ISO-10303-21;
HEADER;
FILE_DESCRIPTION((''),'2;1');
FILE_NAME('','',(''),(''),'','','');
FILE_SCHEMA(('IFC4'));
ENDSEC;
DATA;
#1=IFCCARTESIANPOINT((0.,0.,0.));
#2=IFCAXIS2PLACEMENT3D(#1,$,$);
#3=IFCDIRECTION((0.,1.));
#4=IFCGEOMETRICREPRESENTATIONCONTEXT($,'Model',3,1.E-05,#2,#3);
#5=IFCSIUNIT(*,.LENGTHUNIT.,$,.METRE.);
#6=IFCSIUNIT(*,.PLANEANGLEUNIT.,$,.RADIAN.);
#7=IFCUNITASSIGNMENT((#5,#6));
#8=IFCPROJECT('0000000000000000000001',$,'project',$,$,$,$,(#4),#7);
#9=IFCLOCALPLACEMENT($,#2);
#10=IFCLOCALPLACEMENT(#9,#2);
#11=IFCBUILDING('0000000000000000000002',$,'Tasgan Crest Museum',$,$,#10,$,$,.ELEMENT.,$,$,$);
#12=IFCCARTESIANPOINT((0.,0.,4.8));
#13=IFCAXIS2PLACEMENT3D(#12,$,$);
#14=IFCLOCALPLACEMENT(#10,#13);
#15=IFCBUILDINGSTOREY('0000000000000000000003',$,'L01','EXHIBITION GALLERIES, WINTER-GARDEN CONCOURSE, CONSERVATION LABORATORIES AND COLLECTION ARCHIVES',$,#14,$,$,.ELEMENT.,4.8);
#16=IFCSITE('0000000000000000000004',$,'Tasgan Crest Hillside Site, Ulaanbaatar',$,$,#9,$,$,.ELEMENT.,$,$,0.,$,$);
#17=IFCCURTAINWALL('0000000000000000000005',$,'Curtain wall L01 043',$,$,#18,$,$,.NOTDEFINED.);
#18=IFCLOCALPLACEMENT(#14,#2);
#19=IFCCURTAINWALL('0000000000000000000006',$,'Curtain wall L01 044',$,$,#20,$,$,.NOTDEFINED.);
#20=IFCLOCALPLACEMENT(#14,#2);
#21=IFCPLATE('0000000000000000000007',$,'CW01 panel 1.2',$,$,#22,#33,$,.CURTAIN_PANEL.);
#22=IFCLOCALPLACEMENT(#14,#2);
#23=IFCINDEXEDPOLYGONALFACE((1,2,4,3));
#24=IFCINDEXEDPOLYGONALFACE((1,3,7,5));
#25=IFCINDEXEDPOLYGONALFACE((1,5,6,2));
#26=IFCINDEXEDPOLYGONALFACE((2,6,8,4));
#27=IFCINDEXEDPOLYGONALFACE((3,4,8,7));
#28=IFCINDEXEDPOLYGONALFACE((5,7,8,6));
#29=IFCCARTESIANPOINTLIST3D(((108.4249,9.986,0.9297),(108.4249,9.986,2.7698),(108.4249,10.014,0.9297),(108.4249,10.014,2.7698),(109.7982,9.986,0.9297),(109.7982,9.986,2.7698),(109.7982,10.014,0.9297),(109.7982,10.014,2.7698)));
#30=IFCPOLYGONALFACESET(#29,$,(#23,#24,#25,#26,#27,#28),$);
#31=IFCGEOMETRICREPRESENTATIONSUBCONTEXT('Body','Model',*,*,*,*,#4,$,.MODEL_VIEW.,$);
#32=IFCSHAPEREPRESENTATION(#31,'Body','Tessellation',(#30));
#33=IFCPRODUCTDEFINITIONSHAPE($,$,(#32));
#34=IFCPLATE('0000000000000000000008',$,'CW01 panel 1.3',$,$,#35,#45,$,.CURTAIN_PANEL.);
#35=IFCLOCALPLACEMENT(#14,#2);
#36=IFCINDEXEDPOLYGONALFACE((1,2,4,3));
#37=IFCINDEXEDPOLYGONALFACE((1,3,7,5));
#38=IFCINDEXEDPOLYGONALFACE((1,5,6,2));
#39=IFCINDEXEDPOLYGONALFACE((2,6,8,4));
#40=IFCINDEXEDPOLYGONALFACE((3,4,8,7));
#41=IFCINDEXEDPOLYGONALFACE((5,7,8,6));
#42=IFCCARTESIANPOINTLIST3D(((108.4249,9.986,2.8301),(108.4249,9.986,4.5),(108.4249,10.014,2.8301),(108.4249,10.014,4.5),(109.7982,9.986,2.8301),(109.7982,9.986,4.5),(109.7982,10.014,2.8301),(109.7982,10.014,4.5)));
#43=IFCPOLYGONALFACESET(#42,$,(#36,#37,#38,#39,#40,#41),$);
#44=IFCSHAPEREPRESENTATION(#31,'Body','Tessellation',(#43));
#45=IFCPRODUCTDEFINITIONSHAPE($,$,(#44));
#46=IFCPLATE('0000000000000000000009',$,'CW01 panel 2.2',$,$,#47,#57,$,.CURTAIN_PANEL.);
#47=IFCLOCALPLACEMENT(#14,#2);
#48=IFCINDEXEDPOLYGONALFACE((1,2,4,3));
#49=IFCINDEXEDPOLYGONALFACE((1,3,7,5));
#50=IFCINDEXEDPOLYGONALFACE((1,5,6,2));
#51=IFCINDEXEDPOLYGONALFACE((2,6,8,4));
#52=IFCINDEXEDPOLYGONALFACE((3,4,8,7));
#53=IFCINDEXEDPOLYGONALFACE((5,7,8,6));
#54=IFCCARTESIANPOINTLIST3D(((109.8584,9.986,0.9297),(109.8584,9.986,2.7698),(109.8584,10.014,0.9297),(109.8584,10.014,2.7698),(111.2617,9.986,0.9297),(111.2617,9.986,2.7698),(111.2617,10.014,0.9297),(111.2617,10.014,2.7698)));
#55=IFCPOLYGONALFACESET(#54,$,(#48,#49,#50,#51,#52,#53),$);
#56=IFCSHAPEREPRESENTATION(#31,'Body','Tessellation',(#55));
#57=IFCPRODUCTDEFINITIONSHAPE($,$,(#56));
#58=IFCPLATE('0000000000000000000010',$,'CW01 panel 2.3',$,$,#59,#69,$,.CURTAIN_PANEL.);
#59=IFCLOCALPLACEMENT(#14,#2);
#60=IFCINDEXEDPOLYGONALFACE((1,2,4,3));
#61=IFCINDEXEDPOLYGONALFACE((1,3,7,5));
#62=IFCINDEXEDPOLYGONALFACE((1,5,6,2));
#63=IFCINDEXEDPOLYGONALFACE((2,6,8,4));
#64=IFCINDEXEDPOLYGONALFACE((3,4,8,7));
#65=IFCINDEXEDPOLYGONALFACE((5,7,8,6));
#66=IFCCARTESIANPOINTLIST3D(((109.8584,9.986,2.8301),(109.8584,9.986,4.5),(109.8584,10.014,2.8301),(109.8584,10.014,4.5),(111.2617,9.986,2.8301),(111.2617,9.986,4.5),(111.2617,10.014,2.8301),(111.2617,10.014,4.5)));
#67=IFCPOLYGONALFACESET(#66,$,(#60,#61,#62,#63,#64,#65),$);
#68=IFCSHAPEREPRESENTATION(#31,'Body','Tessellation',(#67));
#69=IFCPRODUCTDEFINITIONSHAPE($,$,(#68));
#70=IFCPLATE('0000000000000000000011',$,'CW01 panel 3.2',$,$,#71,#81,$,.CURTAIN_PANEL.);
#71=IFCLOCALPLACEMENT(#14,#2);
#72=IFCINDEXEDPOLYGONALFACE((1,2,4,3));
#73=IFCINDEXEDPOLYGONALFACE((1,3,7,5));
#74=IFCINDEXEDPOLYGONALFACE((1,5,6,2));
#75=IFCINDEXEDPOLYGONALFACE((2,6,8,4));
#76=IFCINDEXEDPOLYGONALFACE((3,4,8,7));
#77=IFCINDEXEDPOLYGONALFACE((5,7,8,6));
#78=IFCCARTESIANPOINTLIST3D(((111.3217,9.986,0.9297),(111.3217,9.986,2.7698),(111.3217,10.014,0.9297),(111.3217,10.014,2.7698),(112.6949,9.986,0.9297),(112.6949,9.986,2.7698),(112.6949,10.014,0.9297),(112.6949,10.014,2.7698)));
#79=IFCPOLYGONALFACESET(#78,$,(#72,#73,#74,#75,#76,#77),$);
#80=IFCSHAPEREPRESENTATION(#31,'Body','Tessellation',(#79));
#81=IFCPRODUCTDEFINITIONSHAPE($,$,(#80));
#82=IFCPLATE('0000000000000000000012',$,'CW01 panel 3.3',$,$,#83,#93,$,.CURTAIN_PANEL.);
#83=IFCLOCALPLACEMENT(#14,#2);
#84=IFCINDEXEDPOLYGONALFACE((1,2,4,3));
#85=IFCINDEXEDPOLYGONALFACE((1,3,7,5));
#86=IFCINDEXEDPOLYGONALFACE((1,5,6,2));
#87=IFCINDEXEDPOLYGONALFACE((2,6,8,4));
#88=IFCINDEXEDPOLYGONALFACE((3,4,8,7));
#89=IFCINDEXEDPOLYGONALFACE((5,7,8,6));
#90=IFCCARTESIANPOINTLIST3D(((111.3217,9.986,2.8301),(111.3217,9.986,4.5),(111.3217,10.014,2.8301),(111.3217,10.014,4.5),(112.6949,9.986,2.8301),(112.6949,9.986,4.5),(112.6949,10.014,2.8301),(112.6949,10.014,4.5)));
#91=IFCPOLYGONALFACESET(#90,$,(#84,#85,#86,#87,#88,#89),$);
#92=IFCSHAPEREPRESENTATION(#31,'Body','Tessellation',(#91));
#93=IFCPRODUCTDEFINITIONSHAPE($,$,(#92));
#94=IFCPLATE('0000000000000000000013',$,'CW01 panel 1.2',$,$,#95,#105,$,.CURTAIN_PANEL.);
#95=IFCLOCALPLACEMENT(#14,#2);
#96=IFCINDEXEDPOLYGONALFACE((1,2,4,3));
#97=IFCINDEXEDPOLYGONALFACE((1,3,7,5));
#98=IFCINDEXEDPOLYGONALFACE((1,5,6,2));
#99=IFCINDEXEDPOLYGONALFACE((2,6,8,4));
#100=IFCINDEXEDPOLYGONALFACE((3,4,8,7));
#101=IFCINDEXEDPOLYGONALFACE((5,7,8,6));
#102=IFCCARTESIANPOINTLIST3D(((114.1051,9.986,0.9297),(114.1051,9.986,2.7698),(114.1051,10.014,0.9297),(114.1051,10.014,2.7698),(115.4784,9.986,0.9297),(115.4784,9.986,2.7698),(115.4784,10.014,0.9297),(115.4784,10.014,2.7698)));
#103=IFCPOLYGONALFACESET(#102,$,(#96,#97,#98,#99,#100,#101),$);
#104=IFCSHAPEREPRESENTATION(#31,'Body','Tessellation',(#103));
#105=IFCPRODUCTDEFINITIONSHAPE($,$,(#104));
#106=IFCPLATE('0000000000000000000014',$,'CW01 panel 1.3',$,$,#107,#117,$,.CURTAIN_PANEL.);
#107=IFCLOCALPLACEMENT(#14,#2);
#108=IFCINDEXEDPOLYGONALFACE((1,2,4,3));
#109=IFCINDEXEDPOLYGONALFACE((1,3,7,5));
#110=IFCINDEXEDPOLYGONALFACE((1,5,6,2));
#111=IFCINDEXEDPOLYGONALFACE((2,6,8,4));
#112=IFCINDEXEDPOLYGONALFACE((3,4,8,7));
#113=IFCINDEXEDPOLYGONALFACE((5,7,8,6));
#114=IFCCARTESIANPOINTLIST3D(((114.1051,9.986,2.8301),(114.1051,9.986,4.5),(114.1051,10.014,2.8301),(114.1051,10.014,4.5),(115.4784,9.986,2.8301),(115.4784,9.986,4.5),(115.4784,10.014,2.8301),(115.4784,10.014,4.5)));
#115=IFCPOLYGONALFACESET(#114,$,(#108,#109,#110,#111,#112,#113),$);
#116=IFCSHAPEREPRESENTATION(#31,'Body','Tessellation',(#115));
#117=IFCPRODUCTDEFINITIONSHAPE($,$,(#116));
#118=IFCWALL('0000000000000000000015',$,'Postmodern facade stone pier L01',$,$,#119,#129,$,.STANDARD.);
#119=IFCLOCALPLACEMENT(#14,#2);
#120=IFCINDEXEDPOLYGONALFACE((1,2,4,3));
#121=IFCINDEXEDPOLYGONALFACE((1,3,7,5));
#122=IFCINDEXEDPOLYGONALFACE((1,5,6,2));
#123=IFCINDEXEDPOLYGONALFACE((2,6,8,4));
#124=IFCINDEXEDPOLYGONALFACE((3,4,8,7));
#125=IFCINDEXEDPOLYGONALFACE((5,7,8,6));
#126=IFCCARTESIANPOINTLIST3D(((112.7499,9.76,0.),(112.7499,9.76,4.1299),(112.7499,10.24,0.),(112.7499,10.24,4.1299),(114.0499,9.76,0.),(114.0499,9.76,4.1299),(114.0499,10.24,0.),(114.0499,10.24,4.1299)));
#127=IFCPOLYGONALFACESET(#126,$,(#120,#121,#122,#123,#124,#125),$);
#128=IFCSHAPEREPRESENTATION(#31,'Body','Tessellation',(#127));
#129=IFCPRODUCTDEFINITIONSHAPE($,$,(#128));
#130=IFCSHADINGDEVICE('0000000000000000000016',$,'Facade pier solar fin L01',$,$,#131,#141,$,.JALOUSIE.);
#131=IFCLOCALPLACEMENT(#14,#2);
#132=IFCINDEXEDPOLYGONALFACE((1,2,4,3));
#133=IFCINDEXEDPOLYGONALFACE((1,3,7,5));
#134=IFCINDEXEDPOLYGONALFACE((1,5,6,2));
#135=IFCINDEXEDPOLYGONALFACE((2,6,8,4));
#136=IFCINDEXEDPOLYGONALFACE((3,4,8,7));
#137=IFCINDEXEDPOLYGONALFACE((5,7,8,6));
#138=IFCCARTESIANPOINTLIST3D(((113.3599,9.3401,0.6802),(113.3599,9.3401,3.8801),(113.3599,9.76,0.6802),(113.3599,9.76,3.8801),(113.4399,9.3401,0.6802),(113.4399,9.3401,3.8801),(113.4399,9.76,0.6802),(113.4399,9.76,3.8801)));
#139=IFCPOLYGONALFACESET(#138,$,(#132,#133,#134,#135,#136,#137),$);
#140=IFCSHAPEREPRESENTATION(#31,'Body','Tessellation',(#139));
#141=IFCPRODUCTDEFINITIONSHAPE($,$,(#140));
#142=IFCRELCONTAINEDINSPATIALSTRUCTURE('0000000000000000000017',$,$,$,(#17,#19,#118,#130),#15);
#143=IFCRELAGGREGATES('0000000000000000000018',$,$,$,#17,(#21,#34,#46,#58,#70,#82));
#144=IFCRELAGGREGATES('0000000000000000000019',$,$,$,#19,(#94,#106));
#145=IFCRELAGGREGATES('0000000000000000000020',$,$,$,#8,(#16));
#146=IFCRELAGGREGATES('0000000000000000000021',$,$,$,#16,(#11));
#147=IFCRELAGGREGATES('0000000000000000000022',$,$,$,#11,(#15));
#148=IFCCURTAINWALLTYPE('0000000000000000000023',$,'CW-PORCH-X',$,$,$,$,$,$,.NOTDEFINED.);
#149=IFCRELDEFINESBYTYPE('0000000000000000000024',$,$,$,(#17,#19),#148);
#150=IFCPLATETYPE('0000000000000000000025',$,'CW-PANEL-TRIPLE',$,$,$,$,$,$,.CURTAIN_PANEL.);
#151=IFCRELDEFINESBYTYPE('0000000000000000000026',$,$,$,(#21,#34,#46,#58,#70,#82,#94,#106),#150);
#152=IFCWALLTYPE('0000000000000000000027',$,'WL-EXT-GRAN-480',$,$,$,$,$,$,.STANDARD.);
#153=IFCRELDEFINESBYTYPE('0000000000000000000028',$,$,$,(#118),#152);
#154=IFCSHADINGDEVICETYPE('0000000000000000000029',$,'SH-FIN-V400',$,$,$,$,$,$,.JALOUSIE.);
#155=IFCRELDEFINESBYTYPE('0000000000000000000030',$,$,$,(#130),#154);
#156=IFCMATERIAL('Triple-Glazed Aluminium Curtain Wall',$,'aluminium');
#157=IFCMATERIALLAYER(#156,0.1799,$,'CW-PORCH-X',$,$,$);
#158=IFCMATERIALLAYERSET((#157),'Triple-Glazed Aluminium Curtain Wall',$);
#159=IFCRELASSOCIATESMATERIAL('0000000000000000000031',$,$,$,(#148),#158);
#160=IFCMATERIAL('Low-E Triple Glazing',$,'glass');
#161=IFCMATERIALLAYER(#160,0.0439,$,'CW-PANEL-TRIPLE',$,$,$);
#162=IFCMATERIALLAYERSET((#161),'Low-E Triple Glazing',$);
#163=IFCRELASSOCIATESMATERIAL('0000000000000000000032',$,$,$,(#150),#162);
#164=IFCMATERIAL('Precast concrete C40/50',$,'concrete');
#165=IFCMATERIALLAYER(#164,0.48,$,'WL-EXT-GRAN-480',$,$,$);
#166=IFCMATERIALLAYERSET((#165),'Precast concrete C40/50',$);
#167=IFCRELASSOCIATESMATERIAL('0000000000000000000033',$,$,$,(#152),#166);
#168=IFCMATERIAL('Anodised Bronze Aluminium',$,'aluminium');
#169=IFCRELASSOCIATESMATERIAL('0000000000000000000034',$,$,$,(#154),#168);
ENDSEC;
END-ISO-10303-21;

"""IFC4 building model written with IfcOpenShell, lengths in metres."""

from ifc_helpers import new_model, si_unit, direction, frame, frame_2d, origin, origin_2d, place, context, subcontext, project, spatial, rectangle, extrude, material, layer, layer_set, type_object, element, aggregate, save


model = new_model("IFC4")

# Units and contexts
model_context = context("Model", 3, precision=1e-05, world=origin(), true_north=direction((0.0, 1.0)))
body_context = subcontext(model_context, "Body", "Model", "MODEL_VIEW")
ifc_project = project(units=[si_unit("LENGTHUNIT", "METRE"), si_unit("PLANEANGLEUNIT", "RADIAN")], contexts=[model_context])

# Site, building, storey
site_placement = place(None, origin())
site = spatial("IfcSite", under=ifc_project, at=site_placement, Name="Tasgan Crest Hillside Site, Ulaanbaatar", CompositionType="ELEMENT", RefElevation=0.0)
building_placement = place(site_placement, origin())
building = spatial("IfcBuilding", under=site, at=building_placement, Name="Tasgan Crest Museum", CompositionType="ELEMENT")
storey_placement = place(building_placement, frame((0.0, 0.0, 4.8)))
storey = spatial("IfcBuildingStorey", under=building, at=storey_placement, Name="L01", Description="EXHIBITION GALLERIES, WINTER-GARDEN CONCOURSE, CONSERVATION LABORATORIES AND COLLECTION ARCHIVES", CompositionType="ELEMENT", Elevation=4.8)

# Curtain walls
ifc_material_1 = material(Name="Triple-Glazed Aluminium Curtain Wall", Category="aluminium")
ifc_layer_1 = layer(ifc_material_1, 0.1799, Name="CW-PORCH-X")
ifc_layer_set_1 = layer_set([ifc_layer_1], Name="Triple-Glazed Aluminium Curtain Wall")
curtain_wall_type = type_object("IfcCurtainWallType", Name="CW-PORCH-X", PredefinedType="NOTDEFINED", material=ifc_layer_set_1)
curtain_wall_1_placement = place(storey_placement, origin())
curtain_wall_1 = element("IfcCurtainWall", 1, at=curtain_wall_1_placement, inside=storey, type_object=curtain_wall_type, Name="Curtain wall L01 043", PredefinedType="NOTDEFINED")
curtain_wall_2_placement = place(storey_placement, origin())
curtain_wall_2 = element("IfcCurtainWall", 2, at=curtain_wall_2_placement, inside=storey, type_object=curtain_wall_type, Name="Curtain wall L01 044", PredefinedType="NOTDEFINED")

# Plates
ifc_material_2 = material(Name="Low-E Triple Glazing", Category="glass")
ifc_layer_2 = layer(ifc_material_2, 0.0439, Name="CW-PANEL-TRIPLE")
ifc_layer_set_2 = layer_set([ifc_layer_2], Name="Low-E Triple Glazing")
plate_type_1 = type_object("IfcPlateType", Name="CW-PANEL-TRIPLE", PredefinedType="CURTAIN_PANEL", material=ifc_layer_set_2)
plate_1_placement = place(storey_placement, frame((109.1116, 10.0, 0.9297), z_axis=(0.0, 0.0, 1.0), x_axis=(1.0, 0.0, 0.0)))
plate_1 = element("IfcPlate", 3, at=plate_1_placement, type_object=plate_type_1, Name="CW01 panel 1.2", PredefinedType="CURTAIN_PANEL", context=body_context, shape_type="SweptSolid", body=[
    extrude(rectangle(XDim=1.3733, YDim=0.0281, at=origin_2d()), origin(), (0.0, 0.0, 1.0), 1.8401),
])
plate_2_placement = place(storey_placement, frame((109.1116, 10.0, 2.8301), z_axis=(0.0, 0.0, 1.0), x_axis=(1.0, 0.0, 0.0)))
plate_2 = element("IfcPlate", 4, at=plate_2_placement, type_object=plate_type_1, Name="CW01 panel 1.3", PredefinedType="CURTAIN_PANEL", context=body_context, shape_type="SweptSolid", body=[
    extrude(rectangle(XDim=1.3733, YDim=0.0281, at=origin_2d()), origin(), (0.0, 0.0, 1.0), 1.6699),
])
plate_3_placement = place(storey_placement, frame((110.5601, 10.0, 0.9297), z_axis=(0.0, 0.0, 1.0), x_axis=(1.0, 0.0, 0.0)))
plate_3 = element("IfcPlate", 5, at=plate_3_placement, type_object=plate_type_1, Name="CW01 panel 2.2", PredefinedType="CURTAIN_PANEL", context=body_context, shape_type="SweptSolid", body=[
    extrude(rectangle(XDim=1.4033, YDim=0.0281, at=origin_2d()), origin(), (0.0, 0.0, 1.0), 1.8401),
])
plate_4_placement = place(storey_placement, frame((110.5601, 10.0, 2.8301), z_axis=(0.0, 0.0, 1.0), x_axis=(1.0, 0.0, 0.0)))
plate_4 = element("IfcPlate", 6, at=plate_4_placement, type_object=plate_type_1, Name="CW01 panel 2.3", PredefinedType="CURTAIN_PANEL", context=body_context, shape_type="SweptSolid", body=[
    extrude(rectangle(XDim=1.4033, YDim=0.0281, at=origin_2d()), origin(), (0.0, 0.0, 1.0), 1.6699),
])
plate_5_placement = place(storey_placement, frame((112.0083, 10.0, 0.9297), z_axis=(0.0, 0.0, 1.0), x_axis=(1.0, 0.0, 0.0)))
plate_5 = element("IfcPlate", 7, at=plate_5_placement, type_object=plate_type_1, Name="CW01 panel 3.2", PredefinedType="CURTAIN_PANEL", context=body_context, shape_type="SweptSolid", body=[
    extrude(rectangle(XDim=1.3733, YDim=0.0281, at=origin_2d()), origin(), (0.0, 0.0, 1.0), 1.8401),
])
plate_6_placement = place(storey_placement, frame((112.0083, 10.0, 2.8301), z_axis=(0.0, 0.0, 1.0), x_axis=(1.0, 0.0, 0.0)))
plate_6 = element("IfcPlate", 8, at=plate_6_placement, type_object=plate_type_1, Name="CW01 panel 3.3", PredefinedType="CURTAIN_PANEL", context=body_context, shape_type="SweptSolid", body=[
    extrude(rectangle(XDim=1.3733, YDim=0.0281, at=origin_2d()), origin(), (0.0, 0.0, 1.0), 1.6699),
])
aggregate(curtain_wall_1, [plate_1, plate_2, plate_3, plate_4, plate_5, plate_6])
plate_7_placement = place(storey_placement, frame((114.7917, 10.0, 0.9297), z_axis=(0.0, 0.0, 1.0), x_axis=(1.0, 0.0, 0.0)))
plate_7 = element("IfcPlate", 9, at=plate_7_placement, type_object=plate_type_1, Name="CW01 panel 1.2", PredefinedType="CURTAIN_PANEL", context=body_context, shape_type="SweptSolid", body=[
    extrude(rectangle(XDim=1.3733, YDim=0.0281, at=origin_2d()), origin(), (0.0, 0.0, 1.0), 1.8401),
])
plate_8_placement = place(storey_placement, frame((114.7917, 10.0, 2.8301), z_axis=(0.0, 0.0, 1.0), x_axis=(1.0, 0.0, 0.0)))
plate_8 = element("IfcPlate", 10, at=plate_8_placement, type_object=plate_type_1, Name="CW01 panel 1.3", PredefinedType="CURTAIN_PANEL", context=body_context, shape_type="SweptSolid", body=[
    extrude(rectangle(XDim=1.3733, YDim=0.0281, at=origin_2d()), origin(), (0.0, 0.0, 1.0), 1.6699),
])
aggregate(curtain_wall_2, [plate_7, plate_8])

# Wall
ifc_material_3 = material(Name="Precast concrete C40/50", Category="concrete")
ifc_layer_3 = layer(ifc_material_3, 0.48, Name="WL-EXT-GRAN-480")
ifc_layer_set_3 = layer_set([ifc_layer_3], Name="Precast concrete C40/50")
wall_type = type_object("IfcWallType", Name="WL-EXT-GRAN-480", PredefinedType="STANDARD", material=ifc_layer_set_3)
wall_placement = place(storey_placement, frame((112.75, 10.0, 0.0), z_axis=(0.0, 0.0, 1.0), x_axis=(1.0, 0.0, 0.0)))
element("IfcWall", 11, at=wall_placement, inside=storey, type_object=wall_type, Name="Postmodern facade stone pier L01", PredefinedType="STANDARD", context=body_context, shape_type="SweptSolid", body=[
    extrude(rectangle(XDim=1.3, YDim=0.48, at=frame_2d((0.6499, 0.0))), origin(), (0.0, 0.0, 1.0), 4.1299),
])

# Shading device
ifc_material_4 = material(Name="Anodised Bronze Aluminium", Category="aluminium")
shading_device_type = type_object("IfcShadingDeviceType", Name="SH-FIN-V400", PredefinedType="JALOUSIE", material=ifc_material_4)
shading_device_placement = place(storey_placement, frame((113.3999, 9.55, 0.6802), z_axis=(0.0, 0.0, 1.0), x_axis=(1.0, 0.0, 0.0)))
element("IfcShadingDevice", 12, at=shading_device_placement, inside=storey, type_object=shading_device_type, Name="Facade pier solar fin L01", PredefinedType="JALOUSIE", context=body_context, shape_type="SweptSolid", body=[
    extrude(rectangle(XDim=0.0801, YDim=0.4199, at=origin_2d()), origin(), (0.0, 0.0, 1.0), 3.2),
])

save(model, "model.ifc")
